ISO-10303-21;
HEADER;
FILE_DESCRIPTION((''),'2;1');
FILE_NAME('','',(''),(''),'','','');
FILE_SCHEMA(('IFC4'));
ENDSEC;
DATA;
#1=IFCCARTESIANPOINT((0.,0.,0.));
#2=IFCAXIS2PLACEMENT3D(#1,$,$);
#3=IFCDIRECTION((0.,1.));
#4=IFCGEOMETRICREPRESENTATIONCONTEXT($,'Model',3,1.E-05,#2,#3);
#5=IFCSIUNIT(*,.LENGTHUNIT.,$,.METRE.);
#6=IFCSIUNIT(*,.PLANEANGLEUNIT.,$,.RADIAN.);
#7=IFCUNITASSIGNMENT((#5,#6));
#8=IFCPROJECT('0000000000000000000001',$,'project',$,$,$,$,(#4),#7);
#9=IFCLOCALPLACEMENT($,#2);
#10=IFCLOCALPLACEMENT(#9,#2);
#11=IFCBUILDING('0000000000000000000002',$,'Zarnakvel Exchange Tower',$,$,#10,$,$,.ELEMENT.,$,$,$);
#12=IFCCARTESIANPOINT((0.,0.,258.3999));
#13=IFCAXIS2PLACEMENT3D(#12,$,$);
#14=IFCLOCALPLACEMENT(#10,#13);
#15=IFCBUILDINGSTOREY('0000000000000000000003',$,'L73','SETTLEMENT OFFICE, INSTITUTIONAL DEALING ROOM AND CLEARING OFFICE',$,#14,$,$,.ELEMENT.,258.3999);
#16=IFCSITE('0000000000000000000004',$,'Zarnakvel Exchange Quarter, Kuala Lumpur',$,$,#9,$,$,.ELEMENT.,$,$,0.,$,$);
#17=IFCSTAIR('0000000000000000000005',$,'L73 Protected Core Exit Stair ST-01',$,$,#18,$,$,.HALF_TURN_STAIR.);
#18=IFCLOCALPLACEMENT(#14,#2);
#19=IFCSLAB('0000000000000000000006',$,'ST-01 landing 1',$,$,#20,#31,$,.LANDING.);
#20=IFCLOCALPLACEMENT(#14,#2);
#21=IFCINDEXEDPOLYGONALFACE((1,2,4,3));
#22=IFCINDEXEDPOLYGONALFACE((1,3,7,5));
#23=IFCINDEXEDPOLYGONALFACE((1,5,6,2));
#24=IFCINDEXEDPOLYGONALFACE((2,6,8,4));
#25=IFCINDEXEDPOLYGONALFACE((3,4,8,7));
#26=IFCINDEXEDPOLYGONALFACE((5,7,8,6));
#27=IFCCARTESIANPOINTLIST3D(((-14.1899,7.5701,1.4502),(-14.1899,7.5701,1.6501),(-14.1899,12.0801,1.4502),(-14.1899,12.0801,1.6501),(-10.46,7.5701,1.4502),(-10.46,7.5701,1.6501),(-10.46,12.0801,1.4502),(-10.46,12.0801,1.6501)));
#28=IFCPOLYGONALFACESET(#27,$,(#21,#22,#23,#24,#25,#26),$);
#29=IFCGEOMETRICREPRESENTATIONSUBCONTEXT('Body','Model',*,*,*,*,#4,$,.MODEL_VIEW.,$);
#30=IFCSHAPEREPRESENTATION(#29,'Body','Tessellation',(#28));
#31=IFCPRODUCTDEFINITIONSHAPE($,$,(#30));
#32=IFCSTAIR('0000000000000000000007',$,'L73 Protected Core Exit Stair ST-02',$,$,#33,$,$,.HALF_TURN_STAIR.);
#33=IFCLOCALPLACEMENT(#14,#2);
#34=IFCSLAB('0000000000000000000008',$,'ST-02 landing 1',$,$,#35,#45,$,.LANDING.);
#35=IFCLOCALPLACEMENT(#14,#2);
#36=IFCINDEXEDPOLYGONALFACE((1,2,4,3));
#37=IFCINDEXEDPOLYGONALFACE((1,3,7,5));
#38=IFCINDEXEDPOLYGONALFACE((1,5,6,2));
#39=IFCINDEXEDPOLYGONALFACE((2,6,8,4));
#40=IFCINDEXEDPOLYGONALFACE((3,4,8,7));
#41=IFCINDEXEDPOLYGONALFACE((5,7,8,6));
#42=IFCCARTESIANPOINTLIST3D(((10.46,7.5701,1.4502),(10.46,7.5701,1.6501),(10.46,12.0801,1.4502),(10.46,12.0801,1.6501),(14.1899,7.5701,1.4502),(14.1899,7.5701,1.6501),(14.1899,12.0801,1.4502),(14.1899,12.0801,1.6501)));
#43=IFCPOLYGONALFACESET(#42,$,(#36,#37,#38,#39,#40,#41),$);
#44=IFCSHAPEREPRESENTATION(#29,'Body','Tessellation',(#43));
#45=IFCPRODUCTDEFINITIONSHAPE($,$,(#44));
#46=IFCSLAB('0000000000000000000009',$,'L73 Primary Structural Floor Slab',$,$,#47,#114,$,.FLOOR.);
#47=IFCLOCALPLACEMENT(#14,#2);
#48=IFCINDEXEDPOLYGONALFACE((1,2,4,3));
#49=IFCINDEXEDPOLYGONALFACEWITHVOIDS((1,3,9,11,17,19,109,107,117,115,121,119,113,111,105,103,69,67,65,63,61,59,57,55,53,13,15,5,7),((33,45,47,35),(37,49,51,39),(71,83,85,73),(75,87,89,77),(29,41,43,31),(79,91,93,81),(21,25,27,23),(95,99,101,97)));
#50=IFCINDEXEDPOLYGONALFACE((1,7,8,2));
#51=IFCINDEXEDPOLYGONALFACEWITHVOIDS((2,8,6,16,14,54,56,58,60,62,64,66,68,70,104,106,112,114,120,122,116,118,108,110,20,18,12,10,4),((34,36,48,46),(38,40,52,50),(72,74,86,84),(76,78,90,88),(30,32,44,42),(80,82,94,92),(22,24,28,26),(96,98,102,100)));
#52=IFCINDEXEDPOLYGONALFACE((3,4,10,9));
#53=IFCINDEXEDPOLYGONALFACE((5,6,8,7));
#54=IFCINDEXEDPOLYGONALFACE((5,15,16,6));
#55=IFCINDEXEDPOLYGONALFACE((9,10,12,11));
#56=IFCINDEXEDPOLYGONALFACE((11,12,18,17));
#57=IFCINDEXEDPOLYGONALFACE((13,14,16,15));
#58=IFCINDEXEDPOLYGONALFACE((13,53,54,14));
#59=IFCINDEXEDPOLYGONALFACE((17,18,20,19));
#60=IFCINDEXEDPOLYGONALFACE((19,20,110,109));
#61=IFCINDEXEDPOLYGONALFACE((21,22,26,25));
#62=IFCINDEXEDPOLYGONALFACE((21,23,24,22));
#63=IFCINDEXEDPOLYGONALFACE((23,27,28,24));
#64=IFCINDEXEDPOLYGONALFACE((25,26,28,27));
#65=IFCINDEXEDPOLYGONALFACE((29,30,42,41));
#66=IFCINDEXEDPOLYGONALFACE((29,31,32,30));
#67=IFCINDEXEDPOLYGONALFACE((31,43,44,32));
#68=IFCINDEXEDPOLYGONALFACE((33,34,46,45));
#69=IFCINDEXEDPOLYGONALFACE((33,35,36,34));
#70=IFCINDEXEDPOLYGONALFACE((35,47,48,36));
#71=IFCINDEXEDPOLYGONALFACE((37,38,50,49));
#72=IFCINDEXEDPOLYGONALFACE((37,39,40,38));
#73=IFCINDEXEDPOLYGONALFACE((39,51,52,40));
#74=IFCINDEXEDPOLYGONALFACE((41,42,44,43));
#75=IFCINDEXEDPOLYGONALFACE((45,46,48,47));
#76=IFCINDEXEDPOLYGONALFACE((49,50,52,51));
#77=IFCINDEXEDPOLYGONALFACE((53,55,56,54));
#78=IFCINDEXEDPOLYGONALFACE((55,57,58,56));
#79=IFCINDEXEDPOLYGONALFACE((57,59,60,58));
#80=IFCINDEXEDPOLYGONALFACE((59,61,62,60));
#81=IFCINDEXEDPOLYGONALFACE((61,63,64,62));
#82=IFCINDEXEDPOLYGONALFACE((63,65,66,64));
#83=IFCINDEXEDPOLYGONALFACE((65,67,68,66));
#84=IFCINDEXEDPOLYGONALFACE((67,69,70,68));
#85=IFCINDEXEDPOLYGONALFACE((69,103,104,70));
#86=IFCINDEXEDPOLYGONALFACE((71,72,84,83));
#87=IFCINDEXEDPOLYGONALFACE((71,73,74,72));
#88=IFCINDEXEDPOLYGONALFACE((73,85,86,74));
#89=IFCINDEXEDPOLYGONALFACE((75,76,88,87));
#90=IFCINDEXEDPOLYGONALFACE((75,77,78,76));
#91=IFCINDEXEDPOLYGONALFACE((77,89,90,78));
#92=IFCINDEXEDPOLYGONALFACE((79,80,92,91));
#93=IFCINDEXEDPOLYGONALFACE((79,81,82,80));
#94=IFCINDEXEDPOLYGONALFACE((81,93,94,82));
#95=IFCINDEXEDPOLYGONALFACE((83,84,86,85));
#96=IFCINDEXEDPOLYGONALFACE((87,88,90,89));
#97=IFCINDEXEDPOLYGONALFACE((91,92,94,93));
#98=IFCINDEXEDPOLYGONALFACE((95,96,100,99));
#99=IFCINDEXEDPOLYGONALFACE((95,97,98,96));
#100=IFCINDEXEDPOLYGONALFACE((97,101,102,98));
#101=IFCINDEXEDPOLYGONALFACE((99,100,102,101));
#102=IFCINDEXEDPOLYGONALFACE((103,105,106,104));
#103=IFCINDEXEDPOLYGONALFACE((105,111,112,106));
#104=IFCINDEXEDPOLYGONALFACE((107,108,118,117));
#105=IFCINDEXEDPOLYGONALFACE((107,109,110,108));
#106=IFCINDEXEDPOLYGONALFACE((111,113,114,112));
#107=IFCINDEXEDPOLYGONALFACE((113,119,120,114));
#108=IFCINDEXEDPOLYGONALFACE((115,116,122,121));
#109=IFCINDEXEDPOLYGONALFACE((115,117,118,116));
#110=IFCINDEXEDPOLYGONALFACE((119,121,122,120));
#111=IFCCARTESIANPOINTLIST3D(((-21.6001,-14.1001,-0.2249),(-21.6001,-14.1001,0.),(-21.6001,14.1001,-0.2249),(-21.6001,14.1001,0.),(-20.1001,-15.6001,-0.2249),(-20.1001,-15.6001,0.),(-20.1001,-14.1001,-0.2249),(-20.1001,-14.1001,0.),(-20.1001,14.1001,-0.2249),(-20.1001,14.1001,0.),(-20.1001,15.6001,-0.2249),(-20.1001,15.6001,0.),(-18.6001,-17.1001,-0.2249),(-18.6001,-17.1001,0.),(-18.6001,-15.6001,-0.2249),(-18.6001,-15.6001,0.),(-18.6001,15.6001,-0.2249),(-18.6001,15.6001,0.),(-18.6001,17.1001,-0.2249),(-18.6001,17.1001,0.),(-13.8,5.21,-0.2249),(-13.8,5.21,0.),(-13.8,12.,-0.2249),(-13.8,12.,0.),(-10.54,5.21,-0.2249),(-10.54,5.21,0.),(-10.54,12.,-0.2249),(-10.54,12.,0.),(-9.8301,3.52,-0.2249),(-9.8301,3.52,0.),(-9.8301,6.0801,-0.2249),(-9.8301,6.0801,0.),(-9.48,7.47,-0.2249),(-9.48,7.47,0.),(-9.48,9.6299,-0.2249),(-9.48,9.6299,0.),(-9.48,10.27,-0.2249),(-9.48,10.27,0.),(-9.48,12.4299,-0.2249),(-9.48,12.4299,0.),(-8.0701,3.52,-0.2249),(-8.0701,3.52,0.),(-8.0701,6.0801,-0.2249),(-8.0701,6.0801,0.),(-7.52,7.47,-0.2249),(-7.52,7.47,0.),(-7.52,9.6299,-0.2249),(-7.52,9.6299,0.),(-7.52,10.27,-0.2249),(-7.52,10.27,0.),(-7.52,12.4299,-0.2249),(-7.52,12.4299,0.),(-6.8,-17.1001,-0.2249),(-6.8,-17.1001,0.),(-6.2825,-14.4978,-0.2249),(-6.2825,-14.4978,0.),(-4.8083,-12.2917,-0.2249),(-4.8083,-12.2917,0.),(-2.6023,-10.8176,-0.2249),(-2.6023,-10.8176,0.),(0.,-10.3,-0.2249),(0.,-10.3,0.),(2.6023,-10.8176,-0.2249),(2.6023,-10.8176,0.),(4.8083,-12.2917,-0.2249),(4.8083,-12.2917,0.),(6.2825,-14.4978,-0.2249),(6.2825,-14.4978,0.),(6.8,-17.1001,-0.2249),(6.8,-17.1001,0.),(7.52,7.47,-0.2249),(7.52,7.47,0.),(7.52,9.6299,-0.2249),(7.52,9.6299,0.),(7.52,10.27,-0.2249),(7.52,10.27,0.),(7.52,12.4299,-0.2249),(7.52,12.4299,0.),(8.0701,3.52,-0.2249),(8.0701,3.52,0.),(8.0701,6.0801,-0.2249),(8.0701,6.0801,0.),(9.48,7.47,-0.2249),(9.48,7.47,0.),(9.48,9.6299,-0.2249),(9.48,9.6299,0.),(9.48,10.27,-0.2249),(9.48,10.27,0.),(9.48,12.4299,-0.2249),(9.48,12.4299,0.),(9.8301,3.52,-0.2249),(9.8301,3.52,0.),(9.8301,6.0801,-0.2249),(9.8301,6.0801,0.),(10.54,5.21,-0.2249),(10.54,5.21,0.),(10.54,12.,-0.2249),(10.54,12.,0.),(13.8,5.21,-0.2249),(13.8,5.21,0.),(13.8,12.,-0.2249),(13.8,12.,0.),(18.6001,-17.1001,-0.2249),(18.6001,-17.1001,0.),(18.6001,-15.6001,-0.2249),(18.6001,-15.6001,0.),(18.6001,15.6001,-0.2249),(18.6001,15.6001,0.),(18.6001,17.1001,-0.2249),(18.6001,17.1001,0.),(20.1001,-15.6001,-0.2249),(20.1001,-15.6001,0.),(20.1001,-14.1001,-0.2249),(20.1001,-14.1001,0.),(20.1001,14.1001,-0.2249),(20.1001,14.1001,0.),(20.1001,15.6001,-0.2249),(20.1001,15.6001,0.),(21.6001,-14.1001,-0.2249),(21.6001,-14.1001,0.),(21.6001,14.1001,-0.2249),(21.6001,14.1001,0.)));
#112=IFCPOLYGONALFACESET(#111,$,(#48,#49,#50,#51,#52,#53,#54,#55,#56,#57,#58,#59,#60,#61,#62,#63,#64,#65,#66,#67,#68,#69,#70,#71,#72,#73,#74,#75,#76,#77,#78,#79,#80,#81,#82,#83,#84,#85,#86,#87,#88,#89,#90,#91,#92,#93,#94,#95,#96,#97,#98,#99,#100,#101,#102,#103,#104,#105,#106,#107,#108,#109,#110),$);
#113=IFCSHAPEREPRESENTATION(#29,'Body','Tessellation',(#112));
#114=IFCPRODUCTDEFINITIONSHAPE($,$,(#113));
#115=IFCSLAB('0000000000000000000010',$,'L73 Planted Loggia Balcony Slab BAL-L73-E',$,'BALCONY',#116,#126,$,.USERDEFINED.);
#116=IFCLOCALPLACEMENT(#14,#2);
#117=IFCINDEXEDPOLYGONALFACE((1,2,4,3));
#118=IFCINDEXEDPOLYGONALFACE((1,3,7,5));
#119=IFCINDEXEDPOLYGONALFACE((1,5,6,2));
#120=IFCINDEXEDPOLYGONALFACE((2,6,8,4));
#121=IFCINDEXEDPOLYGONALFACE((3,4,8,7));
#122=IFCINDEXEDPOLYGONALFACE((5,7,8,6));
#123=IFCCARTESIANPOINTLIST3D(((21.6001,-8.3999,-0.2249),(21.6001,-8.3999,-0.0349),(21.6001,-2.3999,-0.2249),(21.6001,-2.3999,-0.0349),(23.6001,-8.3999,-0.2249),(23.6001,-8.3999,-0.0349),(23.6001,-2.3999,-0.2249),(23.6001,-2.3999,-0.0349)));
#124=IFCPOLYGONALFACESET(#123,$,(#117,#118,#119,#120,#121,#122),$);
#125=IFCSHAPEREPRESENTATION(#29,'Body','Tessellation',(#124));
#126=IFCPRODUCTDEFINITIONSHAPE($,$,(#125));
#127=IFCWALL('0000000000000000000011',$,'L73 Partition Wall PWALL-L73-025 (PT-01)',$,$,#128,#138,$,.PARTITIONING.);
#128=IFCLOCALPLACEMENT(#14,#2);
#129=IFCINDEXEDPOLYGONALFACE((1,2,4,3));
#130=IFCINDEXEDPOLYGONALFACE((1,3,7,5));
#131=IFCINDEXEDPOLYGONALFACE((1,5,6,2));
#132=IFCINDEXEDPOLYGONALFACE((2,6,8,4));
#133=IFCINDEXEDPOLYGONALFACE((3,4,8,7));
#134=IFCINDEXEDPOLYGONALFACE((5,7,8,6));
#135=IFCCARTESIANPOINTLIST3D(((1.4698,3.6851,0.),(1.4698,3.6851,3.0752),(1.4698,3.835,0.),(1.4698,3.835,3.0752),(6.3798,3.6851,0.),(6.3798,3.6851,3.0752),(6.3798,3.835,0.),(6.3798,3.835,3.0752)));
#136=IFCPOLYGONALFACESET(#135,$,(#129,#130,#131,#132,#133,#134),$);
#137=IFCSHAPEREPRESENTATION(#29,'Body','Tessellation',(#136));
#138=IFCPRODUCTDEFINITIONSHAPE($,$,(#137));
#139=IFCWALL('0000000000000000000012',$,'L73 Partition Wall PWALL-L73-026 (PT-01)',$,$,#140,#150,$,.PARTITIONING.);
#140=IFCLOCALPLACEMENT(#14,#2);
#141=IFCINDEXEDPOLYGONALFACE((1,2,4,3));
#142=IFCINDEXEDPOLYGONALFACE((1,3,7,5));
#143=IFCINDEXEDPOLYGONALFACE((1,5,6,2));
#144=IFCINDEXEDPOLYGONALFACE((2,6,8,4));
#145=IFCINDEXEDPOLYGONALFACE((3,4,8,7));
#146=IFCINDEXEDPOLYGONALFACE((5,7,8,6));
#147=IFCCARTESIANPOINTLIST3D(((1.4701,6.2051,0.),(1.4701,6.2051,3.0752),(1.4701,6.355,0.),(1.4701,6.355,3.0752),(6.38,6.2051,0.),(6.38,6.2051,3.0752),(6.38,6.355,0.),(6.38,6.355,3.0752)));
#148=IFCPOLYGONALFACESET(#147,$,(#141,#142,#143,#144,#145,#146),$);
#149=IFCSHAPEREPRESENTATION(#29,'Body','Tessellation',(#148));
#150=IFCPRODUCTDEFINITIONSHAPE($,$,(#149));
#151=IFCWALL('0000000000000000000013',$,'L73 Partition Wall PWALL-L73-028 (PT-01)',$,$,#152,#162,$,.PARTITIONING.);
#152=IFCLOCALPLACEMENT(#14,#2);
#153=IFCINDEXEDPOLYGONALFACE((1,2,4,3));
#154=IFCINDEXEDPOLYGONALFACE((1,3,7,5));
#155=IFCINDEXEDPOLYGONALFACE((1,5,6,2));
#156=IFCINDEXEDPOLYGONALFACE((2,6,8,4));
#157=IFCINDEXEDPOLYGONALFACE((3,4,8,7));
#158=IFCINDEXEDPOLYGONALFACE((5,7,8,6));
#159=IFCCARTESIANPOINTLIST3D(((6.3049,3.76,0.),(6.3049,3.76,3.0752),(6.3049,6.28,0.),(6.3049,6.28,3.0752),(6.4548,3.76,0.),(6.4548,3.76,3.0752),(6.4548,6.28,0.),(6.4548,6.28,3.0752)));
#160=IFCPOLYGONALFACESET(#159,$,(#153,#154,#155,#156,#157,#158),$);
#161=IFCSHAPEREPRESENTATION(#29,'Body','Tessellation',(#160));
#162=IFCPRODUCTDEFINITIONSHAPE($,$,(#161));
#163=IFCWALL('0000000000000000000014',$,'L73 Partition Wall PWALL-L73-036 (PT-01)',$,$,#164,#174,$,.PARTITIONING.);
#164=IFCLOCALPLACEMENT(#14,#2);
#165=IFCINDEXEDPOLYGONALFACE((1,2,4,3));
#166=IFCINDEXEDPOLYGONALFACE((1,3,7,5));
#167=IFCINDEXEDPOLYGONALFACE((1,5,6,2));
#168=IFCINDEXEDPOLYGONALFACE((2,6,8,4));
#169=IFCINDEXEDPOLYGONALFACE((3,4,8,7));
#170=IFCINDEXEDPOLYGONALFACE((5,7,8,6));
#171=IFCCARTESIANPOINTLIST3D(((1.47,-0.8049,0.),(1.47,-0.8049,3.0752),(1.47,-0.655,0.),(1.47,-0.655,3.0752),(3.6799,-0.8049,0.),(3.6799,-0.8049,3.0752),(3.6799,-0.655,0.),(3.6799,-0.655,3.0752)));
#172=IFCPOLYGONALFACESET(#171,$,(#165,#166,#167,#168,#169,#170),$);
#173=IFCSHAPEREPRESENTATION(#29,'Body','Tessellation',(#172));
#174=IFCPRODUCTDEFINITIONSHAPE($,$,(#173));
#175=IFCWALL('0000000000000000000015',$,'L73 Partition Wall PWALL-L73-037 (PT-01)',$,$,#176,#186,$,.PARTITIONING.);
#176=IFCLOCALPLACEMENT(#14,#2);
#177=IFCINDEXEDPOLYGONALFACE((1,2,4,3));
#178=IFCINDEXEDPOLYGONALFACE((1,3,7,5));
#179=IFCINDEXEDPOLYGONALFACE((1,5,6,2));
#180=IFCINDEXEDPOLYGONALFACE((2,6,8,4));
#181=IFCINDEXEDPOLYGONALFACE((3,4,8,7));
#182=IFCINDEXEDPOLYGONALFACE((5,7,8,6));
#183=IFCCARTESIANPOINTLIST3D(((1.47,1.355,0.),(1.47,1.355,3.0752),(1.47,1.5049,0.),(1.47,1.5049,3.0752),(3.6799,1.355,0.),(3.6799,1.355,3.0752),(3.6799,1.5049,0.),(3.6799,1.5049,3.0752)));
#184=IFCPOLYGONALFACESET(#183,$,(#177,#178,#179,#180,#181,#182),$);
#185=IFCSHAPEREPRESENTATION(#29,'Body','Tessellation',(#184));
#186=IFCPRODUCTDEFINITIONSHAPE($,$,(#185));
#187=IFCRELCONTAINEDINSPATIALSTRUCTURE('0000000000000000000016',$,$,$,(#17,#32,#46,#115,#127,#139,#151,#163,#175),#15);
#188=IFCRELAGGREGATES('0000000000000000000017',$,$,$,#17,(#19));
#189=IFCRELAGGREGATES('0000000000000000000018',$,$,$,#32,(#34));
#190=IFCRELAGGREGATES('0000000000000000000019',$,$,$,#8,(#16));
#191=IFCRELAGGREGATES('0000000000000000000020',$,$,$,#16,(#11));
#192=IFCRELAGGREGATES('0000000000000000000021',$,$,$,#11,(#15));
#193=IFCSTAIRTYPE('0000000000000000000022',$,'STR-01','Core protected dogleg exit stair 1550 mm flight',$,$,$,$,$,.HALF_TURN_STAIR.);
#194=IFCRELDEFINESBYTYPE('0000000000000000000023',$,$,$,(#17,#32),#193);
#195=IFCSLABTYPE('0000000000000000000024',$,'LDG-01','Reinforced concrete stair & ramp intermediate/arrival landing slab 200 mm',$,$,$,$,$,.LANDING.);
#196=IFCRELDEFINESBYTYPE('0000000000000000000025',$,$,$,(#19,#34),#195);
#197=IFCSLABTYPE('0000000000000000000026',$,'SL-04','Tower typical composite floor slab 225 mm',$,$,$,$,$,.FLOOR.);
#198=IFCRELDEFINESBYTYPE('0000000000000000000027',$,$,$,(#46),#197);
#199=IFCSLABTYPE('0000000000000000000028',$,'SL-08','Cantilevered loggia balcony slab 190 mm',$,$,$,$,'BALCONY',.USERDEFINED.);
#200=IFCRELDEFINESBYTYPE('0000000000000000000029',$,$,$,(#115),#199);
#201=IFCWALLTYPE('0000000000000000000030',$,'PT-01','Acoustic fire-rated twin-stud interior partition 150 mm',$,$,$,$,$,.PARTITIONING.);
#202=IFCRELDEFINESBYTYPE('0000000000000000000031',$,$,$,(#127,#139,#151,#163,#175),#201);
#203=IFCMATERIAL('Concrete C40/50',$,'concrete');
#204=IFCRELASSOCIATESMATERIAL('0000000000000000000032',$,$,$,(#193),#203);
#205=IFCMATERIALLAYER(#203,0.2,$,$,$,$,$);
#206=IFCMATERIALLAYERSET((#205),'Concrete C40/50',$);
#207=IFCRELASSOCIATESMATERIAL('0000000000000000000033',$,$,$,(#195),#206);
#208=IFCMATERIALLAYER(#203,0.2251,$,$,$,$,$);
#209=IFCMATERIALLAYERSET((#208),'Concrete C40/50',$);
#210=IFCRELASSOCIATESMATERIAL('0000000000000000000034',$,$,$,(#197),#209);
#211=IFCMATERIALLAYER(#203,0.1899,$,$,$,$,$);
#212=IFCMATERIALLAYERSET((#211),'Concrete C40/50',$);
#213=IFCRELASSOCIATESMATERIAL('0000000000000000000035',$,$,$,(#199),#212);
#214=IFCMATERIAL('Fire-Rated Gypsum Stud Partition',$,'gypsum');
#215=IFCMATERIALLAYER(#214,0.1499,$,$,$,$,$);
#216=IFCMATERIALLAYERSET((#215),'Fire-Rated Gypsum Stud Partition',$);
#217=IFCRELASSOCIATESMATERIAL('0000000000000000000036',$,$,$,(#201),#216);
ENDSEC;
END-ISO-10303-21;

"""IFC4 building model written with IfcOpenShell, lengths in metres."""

from ifc_helpers import new_model, si_unit, direction, frame, frame_2d, origin, place, context, subcontext, project, spatial, polyline, rectangle, outline, extrude, material, layer, layer_set, type_object, element, aggregate, save


model = new_model("IFC4")

# Units and contexts
model_context = context("Model", 3, precision=1e-05, world=origin(), true_north=direction((0.0, 1.0)))
body_context = subcontext(model_context, "Body", "Model", "MODEL_VIEW")
ifc_project = project(units=[si_unit("LENGTHUNIT", "METRE"), si_unit("PLANEANGLEUNIT", "RADIAN")], contexts=[model_context])

# Site, building, storey
site_placement = place(None, origin())
site = spatial("IfcSite", under=ifc_project, at=site_placement, Name="Zarnakvel Exchange Quarter, Kuala Lumpur", CompositionType="ELEMENT", RefElevation=0.0)
building_placement = place(site_placement, origin())
building = spatial("IfcBuilding", under=site, at=building_placement, Name="Zarnakvel Exchange Tower", CompositionType="ELEMENT")
storey_placement = place(building_placement, frame((0.0, 0.0, 258.3999)))
storey = spatial("IfcBuildingStorey", under=building, at=storey_placement, Name="L73", Description="SETTLEMENT OFFICE, INSTITUTIONAL DEALING ROOM AND CLEARING OFFICE", CompositionType="ELEMENT", Elevation=258.3999)

# Stairs, slabs
ifc_material_1 = material(Name="Concrete C40/50", Category="concrete")
stair_type = type_object("IfcStairType", Name="STR-01", Description="Core protected dogleg exit stair 1550 mm flight", PredefinedType="HALF_TURN_STAIR", material=ifc_material_1)
stair_1_placement = place(storey_placement, origin())
stair_1 = element("IfcStair", 1, at=stair_1_placement, inside=storey, type_object=stair_type, Name="L73 Protected Core Exit Stair ST-01", PredefinedType="HALF_TURN_STAIR")
ifc_layer_1 = layer(ifc_material_1, 0.2)
ifc_layer_set_1 = layer_set([ifc_layer_1], Name="Concrete C40/50")
slab_type_1 = type_object("IfcSlabType", Name="LDG-01", Description="Reinforced concrete stair & ramp intermediate/arrival landing slab 200 mm", PredefinedType="LANDING", material=ifc_layer_set_1)
slab_1_placement = place(storey_placement, frame((0.0, 0.0, 1.4502)))
slab_1 = element("IfcSlab", 2, at=slab_1_placement, type_object=slab_type_1, Name="ST-01 landing 1", PredefinedType="LANDING", context=body_context, shape_type="SweptSolid", body=[
    extrude(outline(polyline([(-14.1899, 7.5701), (-10.46, 7.5701), (-10.46, 12.0801), (-14.1899, 12.0801), (-14.1899, 7.5701)])), origin(), (0.0, 0.0, 1.0), 0.2),
])
aggregate(stair_1, [slab_1])
stair_2_placement = place(storey_placement, origin())
stair_2 = element("IfcStair", 3, at=stair_2_placement, inside=storey, type_object=stair_type, Name="L73 Protected Core Exit Stair ST-02", PredefinedType="HALF_TURN_STAIR")
slab_2_placement = place(storey_placement, frame((0.0, 0.0, 1.4502)))
slab_2 = element("IfcSlab", 4, at=slab_2_placement, type_object=slab_type_1, Name="ST-02 landing 1", PredefinedType="LANDING", context=body_context, shape_type="SweptSolid", body=[
    extrude(outline(polyline([(10.46, 7.5701), (14.1899, 7.5701), (14.1899, 12.0801), (10.46, 12.0801), (10.46, 7.5701)])), origin(), (0.0, 0.0, 1.0), 0.2),
])
aggregate(stair_2, [slab_2])

# Slabs
ifc_layer_2 = layer(ifc_material_1, 0.2251)
ifc_layer_set_2 = layer_set([ifc_layer_2], Name="Concrete C40/50")
slab_type_2 = type_object("IfcSlabType", Name="SL-04", Description="Tower typical composite floor slab 225 mm", PredefinedType="FLOOR", material=ifc_layer_set_2)
slab_3_placement = place(storey_placement, frame((0.0, 0.0, -0.2249)))
element("IfcSlab", 5, at=slab_3_placement, inside=storey, type_object=slab_type_2, Name="L73 Primary Structural Floor Slab", PredefinedType="FLOOR", context=body_context, shape_type="SweptSolid", body=[
    extrude(outline(polyline([(-21.6001, -14.1001), (-20.1001, -14.1001), (-20.1001, -15.6001), (-18.6001, -15.6001), (-18.6001, -17.1001), (-6.8, -17.1001), (-6.2825, -14.4978), (-4.8083, -12.2917), (-2.6023, -10.8176), (0.0, -10.3), (2.6023, -10.8176), (4.8083, -12.2917), (6.2825, -14.4978), (6.8, -17.1001), (18.6001, -17.1001), (18.6001, -15.6001), (20.1001, -15.6001), (20.1001, -14.1001), (21.6001, -14.1001), (21.6001, 14.1001), (20.1001, 14.1001), (20.1001, 15.6001), (18.6001, 15.6001), (18.6001, 17.1001), (-18.6001, 17.1001), (-18.6001, 15.6001), (-20.1001, 15.6001), (-20.1001, 14.1001), (-21.6001, 14.1001), (-21.6001, -14.1001)]), holes=[polyline([(-13.8, 5.21), (-10.54, 5.21), (-10.54, 12.0), (-13.8, 12.0), (-13.8, 5.21)]), polyline([(10.54, 5.21), (13.8, 5.21), (13.8, 12.0), (10.54, 12.0), (10.54, 5.21)]), polyline([(-9.8301, 3.52), (-8.0701, 3.52), (-8.0701, 6.0801), (-9.8301, 6.0801), (-9.8301, 3.52)]), polyline([(8.0701, 3.52), (9.8301, 3.52), (9.8301, 6.0801), (8.0701, 6.0801), (8.0701, 3.52)]), polyline([(-9.48, 7.47), (-7.52, 7.47), (-7.52, 9.6299), (-9.48, 9.6299), (-9.48, 7.47)]), polyline([(-9.48, 10.27), (-7.52, 10.27), (-7.52, 12.4299), (-9.48, 12.4299), (-9.48, 10.27)]), polyline([(7.52, 7.47), (9.48, 7.47), (9.48, 9.6299), (7.52, 9.6299), (7.52, 7.47)]), polyline([(7.52, 10.27), (9.48, 10.27), (9.48, 12.4299), (7.52, 12.4299), (7.52, 10.27)])]), origin(), (0.0, 0.0, 1.0), 0.2249),
])
ifc_layer_3 = layer(ifc_material_1, 0.1899)
ifc_layer_set_3 = layer_set([ifc_layer_3], Name="Concrete C40/50")
slab_type_3 = type_object("IfcSlabType", Name="SL-08", Description="Cantilevered loggia balcony slab 190 mm", ElementType="BALCONY", PredefinedType="USERDEFINED", material=ifc_layer_set_3)
slab_4_placement = place(storey_placement, frame((0.0, 0.0, -0.2249)))
element("IfcSlab", 6, at=slab_4_placement, inside=storey, type_object=slab_type_3, Name="L73 Planted Loggia Balcony Slab BAL-L73-E", ObjectType="BALCONY", PredefinedType="USERDEFINED", context=body_context, shape_type="SweptSolid", body=[
    extrude(outline(polyline([(21.6001, -8.3999), (23.6001, -8.3999), (23.6001, -2.3999), (21.6001, -2.3999), (21.6001, -8.3999)])), origin(), (0.0, 0.0, 1.0), 0.1899),
])

# Walls
ifc_material_2 = material(Name="Fire-Rated Gypsum Stud Partition", Category="gypsum")
ifc_layer_4 = layer(ifc_material_2, 0.1499)
ifc_layer_set_4 = layer_set([ifc_layer_4], Name="Fire-Rated Gypsum Stud Partition")
wall_type_1 = type_object("IfcWallType", Name="PT-01", Description="Acoustic fire-rated twin-stud interior partition 150 mm", PredefinedType="PARTITIONING", material=ifc_layer_set_4)
for number, where, z_axis, x_axis, name in (
    (7, (6.3799, 3.76, 0.0), (0.0, 0.0, 1.0), (-1.0, 0.0, 0.0), "L73 Partition Wall PWALL-L73-025 (PT-01)"),
    (8, (1.47, 6.28, 0.0), (0.0, 0.0, 1.0), (1.0, 0.0, 0.0), "L73 Partition Wall PWALL-L73-026 (PT-01)"),
):
    element("IfcWall", number, at=place(storey_placement, frame(where, z_axis=z_axis, x_axis=x_axis)), inside=storey, type_object=wall_type_1, Name=name, PredefinedType="PARTITIONING", context=body_context, shape_type="SweptSolid", body=[
        extrude(rectangle(XDim=4.9099, YDim=0.1499, at=frame_2d((2.4551, 0.0))), origin(), (0.0, 0.0, 1.0), 3.0752),
    ])

# Walls
wall_1_placement = place(storey_placement, frame((6.3799, 6.28, 0.0), z_axis=(0.0, 0.0, 1.0), x_axis=(0.0, -1.0, 0.0)))
element("IfcWall", 9, at=wall_1_placement, inside=storey, type_object=wall_type_1, Name="L73 Partition Wall PWALL-L73-028 (PT-01)", PredefinedType="PARTITIONING", context=body_context, shape_type="SweptSolid", body=[
    extrude(rectangle(XDim=2.52, YDim=0.1499, at=frame_2d((1.26, 0.0))), origin(), (0.0, 0.0, 1.0), 3.0752),
])
for number, where, z_axis, x_axis, name in (
    (10, (3.6799, -0.73, 0.0), (0.0, 0.0, 1.0), (-1.0, 0.0, 0.0), "L73 Partition Wall PWALL-L73-036 (PT-01)"),
    (11, (1.47, 1.4299, 0.0), (0.0, 0.0, 1.0), (1.0, 0.0, 0.0), "L73 Partition Wall PWALL-L73-037 (PT-01)"),
):
    element("IfcWall", number, at=place(storey_placement, frame(where, z_axis=z_axis, x_axis=x_axis)), inside=storey, type_object=wall_type_1, Name=name, PredefinedType="PARTITIONING", context=body_context, shape_type="SweptSolid", body=[
        extrude(rectangle(XDim=2.21, YDim=0.1499, at=frame_2d((1.105, 0.0))), origin(), (0.0, 0.0, 1.0), 3.0752),
    ])

save(model, "model.ifc")
